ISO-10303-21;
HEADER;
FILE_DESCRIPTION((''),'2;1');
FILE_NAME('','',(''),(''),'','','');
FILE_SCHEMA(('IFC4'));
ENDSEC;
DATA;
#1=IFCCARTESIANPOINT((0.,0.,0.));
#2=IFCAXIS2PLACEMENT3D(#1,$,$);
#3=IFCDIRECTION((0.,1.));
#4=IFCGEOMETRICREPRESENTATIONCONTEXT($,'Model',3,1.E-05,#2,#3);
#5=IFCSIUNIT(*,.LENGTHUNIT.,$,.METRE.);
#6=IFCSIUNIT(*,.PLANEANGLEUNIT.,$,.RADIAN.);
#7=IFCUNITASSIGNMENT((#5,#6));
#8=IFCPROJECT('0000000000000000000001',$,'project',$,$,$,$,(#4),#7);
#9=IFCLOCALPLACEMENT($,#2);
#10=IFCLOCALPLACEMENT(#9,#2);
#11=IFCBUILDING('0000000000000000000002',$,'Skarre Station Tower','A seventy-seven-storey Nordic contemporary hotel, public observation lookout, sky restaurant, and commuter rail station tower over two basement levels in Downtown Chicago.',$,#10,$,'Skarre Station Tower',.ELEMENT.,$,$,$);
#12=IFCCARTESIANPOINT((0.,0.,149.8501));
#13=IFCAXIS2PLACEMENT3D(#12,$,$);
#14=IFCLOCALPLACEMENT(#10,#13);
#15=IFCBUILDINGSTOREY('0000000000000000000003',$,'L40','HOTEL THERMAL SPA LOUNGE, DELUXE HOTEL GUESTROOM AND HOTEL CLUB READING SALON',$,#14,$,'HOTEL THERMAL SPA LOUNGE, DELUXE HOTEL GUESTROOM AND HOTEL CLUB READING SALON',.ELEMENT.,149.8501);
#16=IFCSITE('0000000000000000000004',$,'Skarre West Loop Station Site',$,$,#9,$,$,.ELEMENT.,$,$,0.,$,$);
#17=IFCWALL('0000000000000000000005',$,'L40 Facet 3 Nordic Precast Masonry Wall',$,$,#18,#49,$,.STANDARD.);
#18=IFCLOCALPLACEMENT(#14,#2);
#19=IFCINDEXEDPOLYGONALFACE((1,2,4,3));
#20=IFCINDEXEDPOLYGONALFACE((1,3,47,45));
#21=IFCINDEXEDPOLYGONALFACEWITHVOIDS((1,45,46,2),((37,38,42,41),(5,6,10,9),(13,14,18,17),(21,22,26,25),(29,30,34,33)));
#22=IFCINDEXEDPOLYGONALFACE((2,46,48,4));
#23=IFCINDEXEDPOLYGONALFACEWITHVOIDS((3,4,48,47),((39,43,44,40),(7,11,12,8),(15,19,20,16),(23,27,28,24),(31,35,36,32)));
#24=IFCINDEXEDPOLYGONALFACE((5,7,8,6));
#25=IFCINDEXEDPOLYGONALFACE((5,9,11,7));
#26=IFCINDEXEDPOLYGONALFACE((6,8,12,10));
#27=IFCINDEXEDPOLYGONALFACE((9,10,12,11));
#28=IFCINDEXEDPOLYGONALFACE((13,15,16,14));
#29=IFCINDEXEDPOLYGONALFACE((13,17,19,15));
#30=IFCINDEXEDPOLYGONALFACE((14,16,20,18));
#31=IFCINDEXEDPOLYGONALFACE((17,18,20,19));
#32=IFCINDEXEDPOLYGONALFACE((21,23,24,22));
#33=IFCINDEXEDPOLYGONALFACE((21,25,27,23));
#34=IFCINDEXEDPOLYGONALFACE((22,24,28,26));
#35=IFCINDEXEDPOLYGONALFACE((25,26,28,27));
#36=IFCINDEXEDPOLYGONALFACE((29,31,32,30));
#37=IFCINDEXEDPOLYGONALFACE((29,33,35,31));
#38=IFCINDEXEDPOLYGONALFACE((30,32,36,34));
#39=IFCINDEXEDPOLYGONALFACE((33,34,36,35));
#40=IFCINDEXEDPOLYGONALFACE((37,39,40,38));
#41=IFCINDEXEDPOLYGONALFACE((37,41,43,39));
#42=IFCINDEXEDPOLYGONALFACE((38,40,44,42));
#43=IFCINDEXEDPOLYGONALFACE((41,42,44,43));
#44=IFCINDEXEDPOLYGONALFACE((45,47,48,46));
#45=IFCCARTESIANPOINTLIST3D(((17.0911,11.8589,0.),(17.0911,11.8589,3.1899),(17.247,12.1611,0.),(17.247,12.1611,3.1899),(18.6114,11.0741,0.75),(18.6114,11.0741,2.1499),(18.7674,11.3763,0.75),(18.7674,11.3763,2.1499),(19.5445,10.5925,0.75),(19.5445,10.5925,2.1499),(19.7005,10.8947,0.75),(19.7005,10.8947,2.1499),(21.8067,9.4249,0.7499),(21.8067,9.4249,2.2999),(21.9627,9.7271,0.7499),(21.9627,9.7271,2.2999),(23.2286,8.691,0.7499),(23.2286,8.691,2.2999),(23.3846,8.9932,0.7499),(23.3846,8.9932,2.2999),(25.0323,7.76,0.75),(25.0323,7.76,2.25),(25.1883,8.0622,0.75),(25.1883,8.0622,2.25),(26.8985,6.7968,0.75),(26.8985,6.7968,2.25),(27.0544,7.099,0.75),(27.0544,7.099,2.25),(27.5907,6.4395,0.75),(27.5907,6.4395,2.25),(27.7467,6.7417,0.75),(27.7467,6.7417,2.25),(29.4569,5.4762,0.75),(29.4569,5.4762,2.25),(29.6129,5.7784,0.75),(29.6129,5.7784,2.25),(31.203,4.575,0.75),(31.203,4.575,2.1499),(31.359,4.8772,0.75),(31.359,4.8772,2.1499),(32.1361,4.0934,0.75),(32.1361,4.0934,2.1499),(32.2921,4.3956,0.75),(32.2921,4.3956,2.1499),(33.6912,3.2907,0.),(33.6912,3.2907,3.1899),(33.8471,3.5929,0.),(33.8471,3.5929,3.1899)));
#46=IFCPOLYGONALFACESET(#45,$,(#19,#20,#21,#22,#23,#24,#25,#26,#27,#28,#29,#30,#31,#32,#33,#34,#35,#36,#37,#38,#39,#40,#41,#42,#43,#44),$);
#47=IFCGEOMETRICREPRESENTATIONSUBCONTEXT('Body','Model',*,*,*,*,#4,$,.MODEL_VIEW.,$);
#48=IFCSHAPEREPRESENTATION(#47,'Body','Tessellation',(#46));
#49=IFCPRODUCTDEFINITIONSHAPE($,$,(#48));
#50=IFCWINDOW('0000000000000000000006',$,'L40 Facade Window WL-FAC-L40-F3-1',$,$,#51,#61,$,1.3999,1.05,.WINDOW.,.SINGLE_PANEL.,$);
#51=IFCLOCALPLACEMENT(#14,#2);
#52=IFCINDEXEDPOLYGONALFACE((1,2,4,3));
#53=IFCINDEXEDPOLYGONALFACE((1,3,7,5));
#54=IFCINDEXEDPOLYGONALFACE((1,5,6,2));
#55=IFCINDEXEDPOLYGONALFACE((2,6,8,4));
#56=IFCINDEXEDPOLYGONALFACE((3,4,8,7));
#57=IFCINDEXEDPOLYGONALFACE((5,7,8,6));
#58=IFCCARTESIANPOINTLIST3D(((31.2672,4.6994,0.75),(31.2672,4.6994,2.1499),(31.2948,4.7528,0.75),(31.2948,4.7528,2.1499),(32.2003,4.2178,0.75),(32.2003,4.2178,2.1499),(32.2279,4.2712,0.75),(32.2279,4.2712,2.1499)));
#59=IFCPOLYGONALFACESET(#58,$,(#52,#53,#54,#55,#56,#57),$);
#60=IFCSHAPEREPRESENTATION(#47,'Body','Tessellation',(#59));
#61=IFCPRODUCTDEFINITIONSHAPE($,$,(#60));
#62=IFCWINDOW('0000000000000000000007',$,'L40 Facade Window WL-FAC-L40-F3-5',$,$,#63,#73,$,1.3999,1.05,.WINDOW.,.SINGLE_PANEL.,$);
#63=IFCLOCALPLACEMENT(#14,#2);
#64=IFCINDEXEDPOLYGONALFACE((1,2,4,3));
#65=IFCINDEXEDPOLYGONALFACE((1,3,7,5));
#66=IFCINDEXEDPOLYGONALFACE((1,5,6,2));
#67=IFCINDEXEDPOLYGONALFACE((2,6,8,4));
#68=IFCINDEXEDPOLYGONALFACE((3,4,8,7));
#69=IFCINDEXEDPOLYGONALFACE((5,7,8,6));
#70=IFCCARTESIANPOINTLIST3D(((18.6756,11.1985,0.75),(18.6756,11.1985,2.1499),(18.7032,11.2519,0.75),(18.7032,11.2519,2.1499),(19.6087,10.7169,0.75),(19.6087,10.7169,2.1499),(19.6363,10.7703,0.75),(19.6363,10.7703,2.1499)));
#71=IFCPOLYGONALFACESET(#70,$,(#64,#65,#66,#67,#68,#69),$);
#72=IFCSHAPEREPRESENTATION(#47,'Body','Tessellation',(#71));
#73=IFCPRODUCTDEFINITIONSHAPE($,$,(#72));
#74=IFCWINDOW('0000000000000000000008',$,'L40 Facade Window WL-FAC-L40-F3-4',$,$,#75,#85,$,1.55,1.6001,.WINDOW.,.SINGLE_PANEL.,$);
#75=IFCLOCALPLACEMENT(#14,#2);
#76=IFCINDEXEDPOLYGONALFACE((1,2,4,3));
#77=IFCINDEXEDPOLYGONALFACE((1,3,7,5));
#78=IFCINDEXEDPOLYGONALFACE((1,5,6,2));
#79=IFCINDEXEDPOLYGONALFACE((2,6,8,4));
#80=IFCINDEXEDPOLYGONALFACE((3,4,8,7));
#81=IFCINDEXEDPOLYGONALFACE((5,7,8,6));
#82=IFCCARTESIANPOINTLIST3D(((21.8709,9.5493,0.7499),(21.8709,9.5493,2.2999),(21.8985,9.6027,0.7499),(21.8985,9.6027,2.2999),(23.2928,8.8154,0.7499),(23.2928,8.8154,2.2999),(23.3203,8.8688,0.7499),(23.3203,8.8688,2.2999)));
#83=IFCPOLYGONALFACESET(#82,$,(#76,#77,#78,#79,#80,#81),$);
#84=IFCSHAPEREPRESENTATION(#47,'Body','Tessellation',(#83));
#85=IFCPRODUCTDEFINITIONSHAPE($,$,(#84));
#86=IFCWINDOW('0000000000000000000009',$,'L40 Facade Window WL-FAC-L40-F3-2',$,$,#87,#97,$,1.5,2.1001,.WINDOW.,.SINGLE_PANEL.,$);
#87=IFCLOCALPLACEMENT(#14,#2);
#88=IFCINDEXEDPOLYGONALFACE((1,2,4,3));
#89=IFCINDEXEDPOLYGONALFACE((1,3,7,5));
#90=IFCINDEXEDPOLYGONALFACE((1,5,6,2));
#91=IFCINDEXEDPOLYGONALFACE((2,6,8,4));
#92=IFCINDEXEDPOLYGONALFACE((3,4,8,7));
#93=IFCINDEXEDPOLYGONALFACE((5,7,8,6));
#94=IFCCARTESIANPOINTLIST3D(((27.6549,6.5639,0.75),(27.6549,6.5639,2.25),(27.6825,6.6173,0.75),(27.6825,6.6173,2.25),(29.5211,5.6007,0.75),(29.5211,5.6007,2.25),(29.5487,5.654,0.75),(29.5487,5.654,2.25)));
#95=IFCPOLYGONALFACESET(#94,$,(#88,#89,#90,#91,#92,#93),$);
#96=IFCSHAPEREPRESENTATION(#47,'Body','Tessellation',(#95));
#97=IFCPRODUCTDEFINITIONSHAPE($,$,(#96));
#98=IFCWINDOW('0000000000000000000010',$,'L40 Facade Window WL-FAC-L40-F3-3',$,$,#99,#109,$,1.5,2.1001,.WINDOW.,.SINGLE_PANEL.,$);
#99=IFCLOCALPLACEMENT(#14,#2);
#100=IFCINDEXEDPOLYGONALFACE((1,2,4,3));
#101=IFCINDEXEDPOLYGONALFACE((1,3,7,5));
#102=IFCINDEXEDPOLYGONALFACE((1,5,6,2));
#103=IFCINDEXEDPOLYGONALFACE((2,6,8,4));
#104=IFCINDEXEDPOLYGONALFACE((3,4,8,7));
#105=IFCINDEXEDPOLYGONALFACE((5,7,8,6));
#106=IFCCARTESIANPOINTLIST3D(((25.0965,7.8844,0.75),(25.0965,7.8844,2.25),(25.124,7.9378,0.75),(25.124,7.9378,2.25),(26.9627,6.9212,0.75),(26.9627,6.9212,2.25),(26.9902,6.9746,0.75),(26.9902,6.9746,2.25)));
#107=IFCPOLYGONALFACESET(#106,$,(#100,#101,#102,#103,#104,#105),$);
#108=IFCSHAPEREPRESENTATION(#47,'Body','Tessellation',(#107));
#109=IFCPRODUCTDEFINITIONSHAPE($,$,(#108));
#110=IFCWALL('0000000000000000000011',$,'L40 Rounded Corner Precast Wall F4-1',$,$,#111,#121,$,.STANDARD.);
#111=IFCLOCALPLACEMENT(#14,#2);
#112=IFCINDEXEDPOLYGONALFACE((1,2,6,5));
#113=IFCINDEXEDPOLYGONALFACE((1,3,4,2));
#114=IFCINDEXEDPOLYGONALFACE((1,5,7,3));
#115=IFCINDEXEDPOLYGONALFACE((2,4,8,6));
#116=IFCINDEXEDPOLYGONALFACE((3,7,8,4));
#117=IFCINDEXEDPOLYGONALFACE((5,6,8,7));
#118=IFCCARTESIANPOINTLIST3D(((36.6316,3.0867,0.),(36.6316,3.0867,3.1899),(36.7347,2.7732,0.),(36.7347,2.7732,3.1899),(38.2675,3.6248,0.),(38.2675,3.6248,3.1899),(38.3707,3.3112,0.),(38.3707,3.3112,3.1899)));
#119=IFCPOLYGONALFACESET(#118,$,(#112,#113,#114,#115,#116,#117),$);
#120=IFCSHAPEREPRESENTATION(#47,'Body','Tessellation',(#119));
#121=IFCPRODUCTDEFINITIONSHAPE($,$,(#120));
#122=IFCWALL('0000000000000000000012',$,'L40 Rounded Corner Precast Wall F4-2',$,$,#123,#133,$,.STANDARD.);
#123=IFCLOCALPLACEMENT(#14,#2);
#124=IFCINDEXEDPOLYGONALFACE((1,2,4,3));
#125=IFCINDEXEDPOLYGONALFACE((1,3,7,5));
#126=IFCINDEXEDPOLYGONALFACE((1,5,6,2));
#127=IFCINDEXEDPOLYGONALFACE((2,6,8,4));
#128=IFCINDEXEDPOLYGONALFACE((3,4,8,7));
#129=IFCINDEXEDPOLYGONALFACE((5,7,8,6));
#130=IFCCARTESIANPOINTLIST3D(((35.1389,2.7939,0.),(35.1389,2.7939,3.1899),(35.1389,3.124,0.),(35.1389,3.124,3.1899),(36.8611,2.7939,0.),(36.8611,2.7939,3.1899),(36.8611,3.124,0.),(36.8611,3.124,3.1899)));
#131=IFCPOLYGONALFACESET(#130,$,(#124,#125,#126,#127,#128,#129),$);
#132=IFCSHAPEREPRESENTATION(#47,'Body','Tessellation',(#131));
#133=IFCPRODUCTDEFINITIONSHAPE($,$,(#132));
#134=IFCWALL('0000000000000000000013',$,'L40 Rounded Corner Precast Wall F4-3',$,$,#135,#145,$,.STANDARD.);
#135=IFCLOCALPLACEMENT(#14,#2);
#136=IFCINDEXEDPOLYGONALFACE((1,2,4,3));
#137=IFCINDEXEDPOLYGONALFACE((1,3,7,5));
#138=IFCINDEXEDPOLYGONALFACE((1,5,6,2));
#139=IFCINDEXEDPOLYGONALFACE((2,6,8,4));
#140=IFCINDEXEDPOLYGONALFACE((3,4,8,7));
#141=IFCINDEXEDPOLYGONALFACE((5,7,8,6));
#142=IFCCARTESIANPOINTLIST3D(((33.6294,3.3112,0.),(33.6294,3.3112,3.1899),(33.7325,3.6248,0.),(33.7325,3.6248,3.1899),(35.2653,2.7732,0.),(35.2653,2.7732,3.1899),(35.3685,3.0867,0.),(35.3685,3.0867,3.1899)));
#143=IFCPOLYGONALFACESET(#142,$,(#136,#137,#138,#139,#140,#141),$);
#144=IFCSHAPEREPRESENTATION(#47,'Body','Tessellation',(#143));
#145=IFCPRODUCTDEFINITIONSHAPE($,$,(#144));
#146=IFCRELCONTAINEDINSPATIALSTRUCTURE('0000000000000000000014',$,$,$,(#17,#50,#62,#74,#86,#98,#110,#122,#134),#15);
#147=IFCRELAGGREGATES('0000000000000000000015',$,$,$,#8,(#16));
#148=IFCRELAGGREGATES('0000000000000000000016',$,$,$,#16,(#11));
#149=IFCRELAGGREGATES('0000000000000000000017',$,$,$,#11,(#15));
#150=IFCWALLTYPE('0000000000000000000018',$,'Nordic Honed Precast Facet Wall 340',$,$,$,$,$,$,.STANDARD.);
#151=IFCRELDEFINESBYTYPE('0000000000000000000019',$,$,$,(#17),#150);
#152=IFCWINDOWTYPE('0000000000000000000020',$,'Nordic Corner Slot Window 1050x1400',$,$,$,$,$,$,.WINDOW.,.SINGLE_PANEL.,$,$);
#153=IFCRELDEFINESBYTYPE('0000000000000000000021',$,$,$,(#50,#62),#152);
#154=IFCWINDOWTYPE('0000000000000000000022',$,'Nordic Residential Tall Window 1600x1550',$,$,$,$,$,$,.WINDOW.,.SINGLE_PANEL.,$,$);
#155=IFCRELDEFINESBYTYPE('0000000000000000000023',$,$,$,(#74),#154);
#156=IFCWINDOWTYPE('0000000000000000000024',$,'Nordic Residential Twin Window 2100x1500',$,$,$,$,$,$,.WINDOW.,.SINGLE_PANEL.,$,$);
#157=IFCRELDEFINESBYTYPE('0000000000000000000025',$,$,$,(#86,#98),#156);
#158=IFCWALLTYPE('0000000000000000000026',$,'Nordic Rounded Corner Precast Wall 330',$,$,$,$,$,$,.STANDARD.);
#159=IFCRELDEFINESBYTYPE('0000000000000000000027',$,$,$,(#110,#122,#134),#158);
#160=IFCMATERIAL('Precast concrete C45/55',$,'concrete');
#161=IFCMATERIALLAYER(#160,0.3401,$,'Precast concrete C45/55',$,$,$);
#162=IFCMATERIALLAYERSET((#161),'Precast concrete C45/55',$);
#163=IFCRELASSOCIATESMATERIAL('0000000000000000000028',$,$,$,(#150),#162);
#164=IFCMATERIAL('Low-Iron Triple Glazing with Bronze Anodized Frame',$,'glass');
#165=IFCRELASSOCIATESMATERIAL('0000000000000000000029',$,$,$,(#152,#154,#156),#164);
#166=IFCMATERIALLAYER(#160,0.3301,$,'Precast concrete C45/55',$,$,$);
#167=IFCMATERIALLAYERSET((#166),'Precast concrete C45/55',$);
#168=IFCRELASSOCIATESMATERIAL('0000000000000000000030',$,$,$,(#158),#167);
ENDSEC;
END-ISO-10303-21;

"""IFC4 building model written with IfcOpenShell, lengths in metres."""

from ifc_helpers import new_model, si_unit, direction, frame, frame_2d, origin, place, context, subcontext, project, spatial, rectangle, extrude, material, layer, layer_set, type_object, element, fill, save


model = new_model("IFC4")

# Units and contexts
model_context = context("Model", 3, precision=1e-05, world=origin(), true_north=direction((0.0, 1.0)))
body_context = subcontext(model_context, "Body", "Model", "MODEL_VIEW")
ifc_project = project(units=[si_unit("LENGTHUNIT", "METRE"), si_unit("PLANEANGLEUNIT", "RADIAN")], contexts=[model_context])

# Site, building, storey
site_placement = place(None, origin())
site = spatial("IfcSite", under=ifc_project, at=site_placement, Name="Skarre West Loop Station Site", CompositionType="ELEMENT", RefElevation=0.0)
building_placement = place(site_placement, origin())
building = spatial("IfcBuilding", under=site, at=building_placement, Name="Skarre Station Tower", Description="A seventy-seven-storey Nordic contemporary hotel, public observation lookout, sky restaurant, and commuter rail station tower over two basement levels in Downtown Chicago.", LongName="Skarre Station Tower", CompositionType="ELEMENT")
storey_placement = place(building_placement, frame((0.0, 0.0, 149.8501)))
storey = spatial("IfcBuildingStorey", under=building, at=storey_placement, Name="L40", Description="HOTEL THERMAL SPA LOUNGE, DELUXE HOTEL GUESTROOM AND HOTEL CLUB READING SALON", LongName="HOTEL THERMAL SPA LOUNGE, DELUXE HOTEL GUESTROOM AND HOTEL CLUB READING SALON", CompositionType="ELEMENT", Elevation=149.8501)

# Wall, openings, windows
ifc_material_1 = material(Name="Precast concrete C45/55", Category="concrete")
ifc_layer_1 = layer(ifc_material_1, 0.3401, Name="Precast concrete C45/55")
ifc_layer_set_1 = layer_set([ifc_layer_1], Name="Precast concrete C45/55")
wall_type_1 = type_object("IfcWallType", Name="Nordic Honed Precast Facet Wall 340", PredefinedType="STANDARD", material=ifc_layer_set_1)
wall_1_placement = place(storey_placement, frame((33.769, 3.4419, 0.0), z_axis=(0.0, 0.0, 1.0), x_axis=(-0.888614, 0.458657, 0.0)))
wall_1 = element("IfcWall", 1, at=wall_1_placement, inside=storey, type_object=wall_type_1, Name="L40 Facet 3 Nordic Precast Masonry Wall", PredefinedType="STANDARD", context=body_context, shape_type="SweptSolid", body=[
    extrude(rectangle(XDim=18.6809, YDim=0.3401, at=frame_2d((9.3403, 0.0))), origin(), (0.0, 0.0, 1.0), 3.1899),
])
opening_1_placement = place(wall_1_placement, frame((1.75, 0.0, 0.75)))
opening_1 = element("IfcOpeningElement", 2, at=opening_1_placement, cuts=wall_1, PredefinedType="OPENING", context=body_context, shape_type="SweptSolid", body=[
    extrude(rectangle(XDim=1.05, YDim=1.3999, at=frame_2d((0.5249, 0.7))), frame((0.0, 0.1799, 0.0), z_axis=(0.0, -1.0, 0.0), x_axis=(1.0, 0.0, 0.0)), (0.0, 0.0, 1.0), 0.3601),
])
opening_2_placement = place(wall_1_placement, frame((4.7649, 0.0, 0.75)))
opening_2 = element("IfcOpeningElement", 3, at=opening_2_placement, cuts=wall_1, PredefinedType="OPENING", context=body_context, shape_type="SweptSolid", body=[
    extrude(rectangle(XDim=2.1001, YDim=1.5, at=frame_2d((1.05, 0.75))), frame((0.0, 0.1799, 0.0), z_axis=(0.0, -1.0, 0.0), x_axis=(1.0, 0.0, 0.0)), (0.0, 0.0, 1.0), 0.3601),
])
opening_3_placement = place(wall_1_placement, frame((7.644, 0.0, 0.75)))
opening_3 = element("IfcOpeningElement", 4, at=opening_3_placement, cuts=wall_1, PredefinedType="OPENING", context=body_context, shape_type="SweptSolid", body=[
    extrude(rectangle(XDim=2.1001, YDim=1.5, at=frame_2d((1.05, 0.75))), frame((0.0, 0.1799, 0.0), z_axis=(0.0, -1.0, 0.0), x_axis=(1.0, 0.0, 0.0)), (0.0, 0.0, 1.0), 0.3601),
])
opening_4_placement = place(wall_1_placement, frame((11.7739, 0.0, 0.75)))
opening_4 = element("IfcOpeningElement", 5, at=opening_4_placement, cuts=wall_1, PredefinedType="OPENING", context=body_context, shape_type="SweptSolid", body=[
    extrude(rectangle(XDim=1.6001, YDim=1.55, at=frame_2d((0.8, 0.7749))), frame((0.0, 0.1799, 0.0), z_axis=(0.0, -1.0, 0.0), x_axis=(1.0, 0.0, 0.0)), (0.0, 0.0, 1.0), 0.3601),
])
opening_5_placement = place(wall_1_placement, frame((15.9199, 0.0, 0.75)))
opening_5 = element("IfcOpeningElement", 6, at=opening_5_placement, cuts=wall_1, PredefinedType="OPENING", context=body_context, shape_type="SweptSolid", body=[
    extrude(rectangle(XDim=1.05, YDim=1.3999, at=frame_2d((0.5249, 0.7))), frame((0.0, 0.1799, 0.0), z_axis=(0.0, -1.0, 0.0), x_axis=(1.0, 0.0, 0.0)), (0.0, 0.0, 1.0), 0.3601),
])
ifc_material_2 = material(Name="Low-Iron Triple Glazing with Bronze Anodized Frame", Category="glass")
window_type_1 = type_object("IfcWindowType", Name="Nordic Corner Slot Window 1050x1400", PartitioningType="SINGLE_PANEL", PredefinedType="WINDOW", material=ifc_material_2)
window_1_placement = place(opening_1_placement, origin())
window_1 = element("IfcWindow", 7, at=window_1_placement, inside=storey, type_object=window_type_1, Name="L40 Facade Window WL-FAC-L40-F3-1", OverallHeight=1.3999, OverallWidth=1.05, PartitioningType="SINGLE_PANEL", PredefinedType="WINDOW", context=body_context, shape_type="SweptSolid", body=[
    extrude(rectangle(XDim=1.05, YDim=1.3999, at=frame_2d((0.5249, 0.7))), frame((0.0, 0.03, 0.0), z_axis=(0.0, -1.0, 0.0), x_axis=(1.0, 0.0, 0.0)), (0.0, 0.0, 1.0), 0.0601),
])
fill(opening_1, window_1)
window_2_placement = place(opening_5_placement, origin())
window_2 = element("IfcWindow", 8, at=window_2_placement, inside=storey, type_object=window_type_1, Name="L40 Facade Window WL-FAC-L40-F3-5", OverallHeight=1.3999, OverallWidth=1.05, PartitioningType="SINGLE_PANEL", PredefinedType="WINDOW", context=body_context, shape_type="SweptSolid", body=[
    extrude(rectangle(XDim=1.05, YDim=1.3999, at=frame_2d((0.5249, 0.7))), frame((0.0, 0.03, 0.0), z_axis=(0.0, -1.0, 0.0), x_axis=(1.0, 0.0, 0.0)), (0.0, 0.0, 1.0), 0.0601),
])
fill(opening_5, window_2)
window_type_2 = type_object("IfcWindowType", Name="Nordic Residential Tall Window 1600x1550", PartitioningType="SINGLE_PANEL", PredefinedType="WINDOW", material=ifc_material_2)
window_3_placement = place(opening_4_placement, origin())
window_3 = element("IfcWindow", 9, at=window_3_placement, inside=storey, type_object=window_type_2, Name="L40 Facade Window WL-FAC-L40-F3-4", OverallHeight=1.55, OverallWidth=1.6001, PartitioningType="SINGLE_PANEL", PredefinedType="WINDOW", context=body_context, shape_type="SweptSolid", body=[
    extrude(rectangle(XDim=1.6001, YDim=1.55, at=frame_2d((0.8, 0.7749))), frame((0.0, 0.03, 0.0), z_axis=(0.0, -1.0, 0.0), x_axis=(1.0, 0.0, 0.0)), (0.0, 0.0, 1.0), 0.0601),
])
fill(opening_4, window_3)
window_type_3 = type_object("IfcWindowType", Name="Nordic Residential Twin Window 2100x1500", PartitioningType="SINGLE_PANEL", PredefinedType="WINDOW", material=ifc_material_2)
window_4_placement = place(opening_2_placement, origin())
window_4 = element("IfcWindow", 10, at=window_4_placement, inside=storey, type_object=window_type_3, Name="L40 Facade Window WL-FAC-L40-F3-2", OverallHeight=1.5, OverallWidth=2.1001, PartitioningType="SINGLE_PANEL", PredefinedType="WINDOW", context=body_context, shape_type="SweptSolid", body=[
    extrude(rectangle(XDim=2.1001, YDim=1.5, at=frame_2d((1.05, 0.75))), frame((0.0, 0.03, 0.0), z_axis=(0.0, -1.0, 0.0), x_axis=(1.0, 0.0, 0.0)), (0.0, 0.0, 1.0), 0.0601),
])
fill(opening_2, window_4)
window_5_placement = place(opening_3_placement, origin())
window_5 = element("IfcWindow", 11, at=window_5_placement, inside=storey, type_object=window_type_3, Name="L40 Facade Window WL-FAC-L40-F3-3", OverallHeight=1.5, OverallWidth=2.1001, PartitioningType="SINGLE_PANEL", PredefinedType="WINDOW", context=body_context, shape_type="SweptSolid", body=[
    extrude(rectangle(XDim=2.1001, YDim=1.5, at=frame_2d((1.05, 0.75))), frame((0.0, 0.03, 0.0), z_axis=(0.0, -1.0, 0.0), x_axis=(1.0, 0.0, 0.0)), (0.0, 0.0, 1.0), 0.0601),
])
fill(opening_3, window_5)

# Walls
ifc_layer_2 = layer(ifc_material_1, 0.3301, Name="Precast concrete C45/55")
ifc_layer_set_2 = layer_set([ifc_layer_2], Name="Precast concrete C45/55")
wall_type_2 = type_object("IfcWallType", Name="Nordic Rounded Corner Precast Wall 330", PredefinedType="STANDARD", material=ifc_layer_set_2)
for number, where, z_axis, x_axis, name in (
    (12, (38.3191, 3.468, 0.0), (0.0, 0.0, 1.0), (-0.949937, -0.31244, 0.0), "L40 Rounded Corner Precast Wall F4-1"),
    (13, (36.8611, 2.959, 0.0), (0.0, 0.0, 1.0), (-1.0, 0.0, 0.0), "L40 Rounded Corner Precast Wall F4-2"),
    (14, (35.3169, 2.9299, 0.0), (0.0, 0.0, 1.0), (-0.949937, 0.31244, 0.0), "L40 Rounded Corner Precast Wall F4-3"),
):
    element("IfcWall", number, at=place(storey_placement, frame(where, z_axis=z_axis, x_axis=x_axis)), inside=storey, type_object=wall_type_2, Name=name, PredefinedType="STANDARD", context=body_context, shape_type="SweptSolid", body=[
        extrude(rectangle(XDim=1.7222, YDim=0.3301, at=frame_2d((0.8611, 0.0))), origin(), (0.0, 0.0, 1.0), 3.1899),
    ])

save(model, "model.ifc")
